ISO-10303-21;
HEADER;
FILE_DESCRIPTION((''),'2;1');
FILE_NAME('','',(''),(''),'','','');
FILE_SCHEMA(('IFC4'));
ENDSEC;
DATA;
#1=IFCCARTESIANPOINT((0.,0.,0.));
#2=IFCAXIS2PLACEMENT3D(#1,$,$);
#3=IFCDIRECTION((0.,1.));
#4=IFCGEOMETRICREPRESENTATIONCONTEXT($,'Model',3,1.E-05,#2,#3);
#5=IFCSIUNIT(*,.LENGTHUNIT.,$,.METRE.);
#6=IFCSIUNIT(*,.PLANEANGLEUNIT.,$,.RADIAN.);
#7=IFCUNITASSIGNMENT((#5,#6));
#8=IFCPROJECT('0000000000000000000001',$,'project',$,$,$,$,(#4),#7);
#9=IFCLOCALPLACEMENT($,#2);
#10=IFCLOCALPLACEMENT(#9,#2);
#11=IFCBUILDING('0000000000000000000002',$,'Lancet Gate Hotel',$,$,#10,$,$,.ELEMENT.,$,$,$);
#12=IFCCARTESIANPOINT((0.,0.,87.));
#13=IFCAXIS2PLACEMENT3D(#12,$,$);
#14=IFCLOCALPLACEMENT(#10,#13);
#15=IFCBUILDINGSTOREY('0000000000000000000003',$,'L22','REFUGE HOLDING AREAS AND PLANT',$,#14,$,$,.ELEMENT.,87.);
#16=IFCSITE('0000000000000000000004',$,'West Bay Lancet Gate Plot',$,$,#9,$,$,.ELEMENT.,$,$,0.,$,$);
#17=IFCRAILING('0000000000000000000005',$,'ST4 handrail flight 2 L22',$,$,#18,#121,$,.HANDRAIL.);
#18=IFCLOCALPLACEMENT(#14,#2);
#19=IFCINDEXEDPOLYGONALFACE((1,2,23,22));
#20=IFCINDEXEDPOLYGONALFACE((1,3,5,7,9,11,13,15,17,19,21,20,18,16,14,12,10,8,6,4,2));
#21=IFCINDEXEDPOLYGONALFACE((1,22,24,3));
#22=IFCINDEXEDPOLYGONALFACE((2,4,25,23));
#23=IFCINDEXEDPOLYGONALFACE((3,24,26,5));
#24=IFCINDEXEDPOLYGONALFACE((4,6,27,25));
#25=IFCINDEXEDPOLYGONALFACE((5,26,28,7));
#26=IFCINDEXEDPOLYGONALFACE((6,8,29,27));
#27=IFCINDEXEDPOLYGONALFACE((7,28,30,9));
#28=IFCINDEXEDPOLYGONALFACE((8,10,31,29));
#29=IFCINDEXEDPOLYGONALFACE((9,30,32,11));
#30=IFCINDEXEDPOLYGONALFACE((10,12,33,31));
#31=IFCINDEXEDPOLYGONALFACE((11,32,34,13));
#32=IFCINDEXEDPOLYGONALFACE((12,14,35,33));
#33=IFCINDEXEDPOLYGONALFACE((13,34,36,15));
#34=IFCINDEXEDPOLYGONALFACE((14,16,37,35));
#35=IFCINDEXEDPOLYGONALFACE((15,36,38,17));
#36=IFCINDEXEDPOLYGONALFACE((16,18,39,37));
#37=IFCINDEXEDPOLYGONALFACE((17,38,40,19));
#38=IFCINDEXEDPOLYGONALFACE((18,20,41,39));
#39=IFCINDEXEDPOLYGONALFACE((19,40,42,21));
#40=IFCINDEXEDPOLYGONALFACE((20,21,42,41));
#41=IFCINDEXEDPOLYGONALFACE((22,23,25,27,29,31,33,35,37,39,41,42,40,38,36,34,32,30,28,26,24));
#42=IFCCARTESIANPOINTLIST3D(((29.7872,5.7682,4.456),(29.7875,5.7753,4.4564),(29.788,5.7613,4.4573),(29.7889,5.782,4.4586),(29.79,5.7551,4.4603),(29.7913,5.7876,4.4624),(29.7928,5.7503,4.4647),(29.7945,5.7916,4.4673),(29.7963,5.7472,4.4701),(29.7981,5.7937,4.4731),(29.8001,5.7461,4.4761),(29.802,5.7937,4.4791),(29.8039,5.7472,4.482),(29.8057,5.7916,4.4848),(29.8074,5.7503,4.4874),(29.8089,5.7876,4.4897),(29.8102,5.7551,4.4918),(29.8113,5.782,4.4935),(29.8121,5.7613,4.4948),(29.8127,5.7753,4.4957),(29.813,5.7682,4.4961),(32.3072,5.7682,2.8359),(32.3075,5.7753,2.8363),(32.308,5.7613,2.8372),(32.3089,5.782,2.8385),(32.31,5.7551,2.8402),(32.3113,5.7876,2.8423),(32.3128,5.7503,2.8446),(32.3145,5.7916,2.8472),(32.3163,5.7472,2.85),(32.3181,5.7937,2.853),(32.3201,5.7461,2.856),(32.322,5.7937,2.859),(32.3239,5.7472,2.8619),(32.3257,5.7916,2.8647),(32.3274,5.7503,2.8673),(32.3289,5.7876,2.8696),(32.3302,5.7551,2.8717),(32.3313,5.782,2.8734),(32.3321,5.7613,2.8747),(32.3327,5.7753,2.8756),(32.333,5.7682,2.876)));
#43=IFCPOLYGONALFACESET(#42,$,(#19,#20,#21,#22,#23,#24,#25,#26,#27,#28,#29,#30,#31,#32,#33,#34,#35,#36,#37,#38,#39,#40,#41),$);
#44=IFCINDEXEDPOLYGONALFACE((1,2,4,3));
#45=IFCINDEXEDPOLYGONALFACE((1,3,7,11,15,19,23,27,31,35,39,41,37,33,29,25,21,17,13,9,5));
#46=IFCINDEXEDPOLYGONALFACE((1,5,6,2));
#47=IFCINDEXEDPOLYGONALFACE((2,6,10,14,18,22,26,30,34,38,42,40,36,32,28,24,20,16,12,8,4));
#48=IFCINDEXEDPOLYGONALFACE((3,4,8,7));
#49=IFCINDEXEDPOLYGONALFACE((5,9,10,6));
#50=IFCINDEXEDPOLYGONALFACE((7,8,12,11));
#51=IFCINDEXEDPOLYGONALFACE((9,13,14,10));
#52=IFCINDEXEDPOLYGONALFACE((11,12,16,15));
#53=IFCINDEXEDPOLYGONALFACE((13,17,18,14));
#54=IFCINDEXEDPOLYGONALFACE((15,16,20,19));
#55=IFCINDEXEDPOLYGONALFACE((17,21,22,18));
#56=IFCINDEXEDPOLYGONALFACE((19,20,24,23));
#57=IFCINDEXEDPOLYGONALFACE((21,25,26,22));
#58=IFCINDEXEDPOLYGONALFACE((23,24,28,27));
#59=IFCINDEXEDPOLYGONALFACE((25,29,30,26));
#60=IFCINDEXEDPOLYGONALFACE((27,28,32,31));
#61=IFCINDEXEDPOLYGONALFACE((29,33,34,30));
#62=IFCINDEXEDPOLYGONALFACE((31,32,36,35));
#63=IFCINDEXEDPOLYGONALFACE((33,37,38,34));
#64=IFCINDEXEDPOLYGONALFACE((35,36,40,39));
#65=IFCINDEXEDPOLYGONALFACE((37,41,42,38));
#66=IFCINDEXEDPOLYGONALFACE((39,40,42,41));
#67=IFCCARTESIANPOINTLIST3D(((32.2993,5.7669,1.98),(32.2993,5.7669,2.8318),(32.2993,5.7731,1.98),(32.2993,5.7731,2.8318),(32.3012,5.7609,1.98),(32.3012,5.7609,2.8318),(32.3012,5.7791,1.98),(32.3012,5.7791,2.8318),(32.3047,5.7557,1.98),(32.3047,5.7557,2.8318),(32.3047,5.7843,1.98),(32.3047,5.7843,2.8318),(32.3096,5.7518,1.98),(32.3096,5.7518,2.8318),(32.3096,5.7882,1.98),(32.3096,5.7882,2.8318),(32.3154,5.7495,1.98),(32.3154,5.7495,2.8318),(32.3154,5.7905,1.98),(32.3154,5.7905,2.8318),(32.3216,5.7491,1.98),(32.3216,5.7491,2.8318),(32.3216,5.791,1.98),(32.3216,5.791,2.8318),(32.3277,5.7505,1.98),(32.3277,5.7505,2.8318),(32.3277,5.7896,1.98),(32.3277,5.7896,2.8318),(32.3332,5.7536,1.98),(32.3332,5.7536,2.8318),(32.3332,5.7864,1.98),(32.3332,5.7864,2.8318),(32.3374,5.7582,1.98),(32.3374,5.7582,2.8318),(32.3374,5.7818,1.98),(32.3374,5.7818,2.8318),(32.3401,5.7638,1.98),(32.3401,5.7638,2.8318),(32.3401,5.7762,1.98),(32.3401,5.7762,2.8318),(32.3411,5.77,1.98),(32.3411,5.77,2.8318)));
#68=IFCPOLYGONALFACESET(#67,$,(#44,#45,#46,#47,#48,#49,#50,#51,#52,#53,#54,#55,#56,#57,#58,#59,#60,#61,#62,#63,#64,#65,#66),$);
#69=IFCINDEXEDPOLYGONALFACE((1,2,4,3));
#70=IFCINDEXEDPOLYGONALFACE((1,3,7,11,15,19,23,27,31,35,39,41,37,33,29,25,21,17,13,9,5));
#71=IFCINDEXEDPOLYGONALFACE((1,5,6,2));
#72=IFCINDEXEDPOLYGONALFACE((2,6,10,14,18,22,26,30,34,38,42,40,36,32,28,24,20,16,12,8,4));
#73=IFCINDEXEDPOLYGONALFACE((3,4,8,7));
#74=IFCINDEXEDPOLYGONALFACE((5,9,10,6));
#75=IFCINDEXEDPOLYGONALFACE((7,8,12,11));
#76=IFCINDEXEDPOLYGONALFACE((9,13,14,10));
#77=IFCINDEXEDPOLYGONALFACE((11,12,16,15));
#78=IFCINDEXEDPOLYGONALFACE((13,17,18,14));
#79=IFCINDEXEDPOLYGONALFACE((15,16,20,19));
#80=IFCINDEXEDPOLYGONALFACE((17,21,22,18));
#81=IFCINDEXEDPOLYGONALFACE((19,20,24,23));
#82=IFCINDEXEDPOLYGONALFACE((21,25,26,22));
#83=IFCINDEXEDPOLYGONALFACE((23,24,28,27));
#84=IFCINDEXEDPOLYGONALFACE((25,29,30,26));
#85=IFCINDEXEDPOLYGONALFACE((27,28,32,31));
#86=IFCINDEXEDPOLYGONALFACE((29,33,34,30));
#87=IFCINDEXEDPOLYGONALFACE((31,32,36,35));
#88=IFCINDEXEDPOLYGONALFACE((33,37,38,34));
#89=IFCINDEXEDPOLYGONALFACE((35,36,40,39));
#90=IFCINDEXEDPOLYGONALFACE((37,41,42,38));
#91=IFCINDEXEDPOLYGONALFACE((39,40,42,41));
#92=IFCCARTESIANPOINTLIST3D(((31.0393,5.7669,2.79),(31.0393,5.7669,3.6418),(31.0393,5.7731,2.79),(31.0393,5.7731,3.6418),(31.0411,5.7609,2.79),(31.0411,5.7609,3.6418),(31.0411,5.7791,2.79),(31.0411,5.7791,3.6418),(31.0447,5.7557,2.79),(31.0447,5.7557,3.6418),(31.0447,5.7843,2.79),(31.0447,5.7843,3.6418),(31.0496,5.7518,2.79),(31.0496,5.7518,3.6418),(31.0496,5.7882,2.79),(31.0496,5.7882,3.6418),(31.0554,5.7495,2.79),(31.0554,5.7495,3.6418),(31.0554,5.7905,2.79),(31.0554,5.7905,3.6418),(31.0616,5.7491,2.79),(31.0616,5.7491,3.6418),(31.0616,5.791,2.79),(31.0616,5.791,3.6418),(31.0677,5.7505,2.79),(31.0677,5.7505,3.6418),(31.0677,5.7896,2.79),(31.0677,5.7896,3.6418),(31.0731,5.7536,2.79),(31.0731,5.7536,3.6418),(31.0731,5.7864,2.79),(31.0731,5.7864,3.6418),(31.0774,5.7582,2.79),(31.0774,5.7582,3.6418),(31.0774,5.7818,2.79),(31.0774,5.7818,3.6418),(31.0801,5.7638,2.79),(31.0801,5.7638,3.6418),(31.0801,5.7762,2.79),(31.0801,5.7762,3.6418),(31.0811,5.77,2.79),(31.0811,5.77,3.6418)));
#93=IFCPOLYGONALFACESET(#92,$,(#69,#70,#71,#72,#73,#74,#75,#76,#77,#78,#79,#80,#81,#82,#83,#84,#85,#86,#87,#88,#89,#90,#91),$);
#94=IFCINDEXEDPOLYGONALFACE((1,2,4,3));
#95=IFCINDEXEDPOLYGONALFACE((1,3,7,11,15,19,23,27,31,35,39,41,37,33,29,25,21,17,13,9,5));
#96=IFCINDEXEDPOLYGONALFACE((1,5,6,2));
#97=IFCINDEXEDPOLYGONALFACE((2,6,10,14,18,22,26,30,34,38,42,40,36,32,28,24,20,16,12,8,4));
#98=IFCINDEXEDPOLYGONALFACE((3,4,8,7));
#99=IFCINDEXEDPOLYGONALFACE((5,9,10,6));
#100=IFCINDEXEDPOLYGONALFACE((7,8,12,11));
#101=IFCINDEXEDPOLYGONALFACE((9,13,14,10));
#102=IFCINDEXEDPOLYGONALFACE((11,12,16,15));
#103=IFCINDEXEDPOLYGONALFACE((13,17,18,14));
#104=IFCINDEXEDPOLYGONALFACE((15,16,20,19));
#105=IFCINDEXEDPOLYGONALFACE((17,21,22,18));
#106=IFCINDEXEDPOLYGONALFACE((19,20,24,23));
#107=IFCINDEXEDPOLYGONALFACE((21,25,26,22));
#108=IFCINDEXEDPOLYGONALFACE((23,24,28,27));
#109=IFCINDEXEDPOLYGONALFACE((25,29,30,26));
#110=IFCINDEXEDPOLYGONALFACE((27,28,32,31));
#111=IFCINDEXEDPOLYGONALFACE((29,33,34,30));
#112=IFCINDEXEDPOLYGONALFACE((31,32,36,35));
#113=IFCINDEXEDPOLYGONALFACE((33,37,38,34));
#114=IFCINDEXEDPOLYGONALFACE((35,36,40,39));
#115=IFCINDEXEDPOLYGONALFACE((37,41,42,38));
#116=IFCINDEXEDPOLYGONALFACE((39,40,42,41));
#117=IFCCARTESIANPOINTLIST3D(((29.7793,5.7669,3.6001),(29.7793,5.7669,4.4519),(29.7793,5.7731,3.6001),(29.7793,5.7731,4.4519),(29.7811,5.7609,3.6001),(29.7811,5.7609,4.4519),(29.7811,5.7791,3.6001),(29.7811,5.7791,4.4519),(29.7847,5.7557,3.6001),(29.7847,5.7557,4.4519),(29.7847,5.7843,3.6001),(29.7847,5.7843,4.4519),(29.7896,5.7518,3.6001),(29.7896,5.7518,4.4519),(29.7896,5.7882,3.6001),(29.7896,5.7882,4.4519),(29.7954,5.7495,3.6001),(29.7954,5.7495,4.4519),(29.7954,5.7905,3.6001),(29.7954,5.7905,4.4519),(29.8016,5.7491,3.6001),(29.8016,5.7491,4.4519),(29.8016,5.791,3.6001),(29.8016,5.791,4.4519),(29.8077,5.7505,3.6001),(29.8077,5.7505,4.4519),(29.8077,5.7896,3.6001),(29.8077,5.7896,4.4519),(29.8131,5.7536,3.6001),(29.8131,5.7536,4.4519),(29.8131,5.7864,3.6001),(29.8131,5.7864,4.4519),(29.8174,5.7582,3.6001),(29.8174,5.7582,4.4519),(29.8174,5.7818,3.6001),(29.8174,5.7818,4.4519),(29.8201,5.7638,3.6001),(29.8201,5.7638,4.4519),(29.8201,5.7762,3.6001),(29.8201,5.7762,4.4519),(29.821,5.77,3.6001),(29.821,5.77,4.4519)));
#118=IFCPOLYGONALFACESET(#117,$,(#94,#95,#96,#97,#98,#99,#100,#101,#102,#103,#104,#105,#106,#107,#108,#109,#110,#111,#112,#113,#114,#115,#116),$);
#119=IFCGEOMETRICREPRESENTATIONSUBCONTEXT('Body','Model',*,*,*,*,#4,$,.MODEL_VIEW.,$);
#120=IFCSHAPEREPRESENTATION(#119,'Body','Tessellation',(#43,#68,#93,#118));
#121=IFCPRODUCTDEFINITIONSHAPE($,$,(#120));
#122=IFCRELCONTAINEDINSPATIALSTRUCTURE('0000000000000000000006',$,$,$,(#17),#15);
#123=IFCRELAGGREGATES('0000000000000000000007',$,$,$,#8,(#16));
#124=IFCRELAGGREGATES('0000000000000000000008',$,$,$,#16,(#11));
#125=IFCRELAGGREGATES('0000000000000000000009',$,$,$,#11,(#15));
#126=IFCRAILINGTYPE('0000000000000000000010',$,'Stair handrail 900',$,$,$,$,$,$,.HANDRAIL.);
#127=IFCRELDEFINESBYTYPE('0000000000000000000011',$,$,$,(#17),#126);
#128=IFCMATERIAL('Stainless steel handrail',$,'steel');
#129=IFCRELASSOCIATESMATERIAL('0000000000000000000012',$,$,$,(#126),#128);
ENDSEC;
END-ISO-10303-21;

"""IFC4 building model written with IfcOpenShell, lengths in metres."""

from ifc_helpers import new_model, si_unit, direction, frame, origin, origin_2d, place, context, subcontext, project, spatial, circle, extrude, material, type_object, element, save


model = new_model("IFC4")

# Units and contexts
model_context = context("Model", 3, precision=1e-05, world=origin(), true_north=direction((0.0, 1.0)))
body_context = subcontext(model_context, "Body", "Model", "MODEL_VIEW")
ifc_project = project(units=[si_unit("LENGTHUNIT", "METRE"), si_unit("PLANEANGLEUNIT", "RADIAN")], contexts=[model_context])

# Site, building, storey
site_placement = place(None, origin())
site = spatial("IfcSite", under=ifc_project, at=site_placement, Name="West Bay Lancet Gate Plot", CompositionType="ELEMENT", RefElevation=0.0)
building_placement = place(site_placement, origin())
building = spatial("IfcBuilding", under=site, at=building_placement, Name="Lancet Gate Hotel", CompositionType="ELEMENT")
storey_placement = place(building_placement, frame((0.0, 0.0, 87.0)))
storey = spatial("IfcBuildingStorey", under=building, at=storey_placement, Name="L22", Description="REFUGE HOLDING AREAS AND PLANT", CompositionType="ELEMENT", Elevation=87.0)

# Railing
ifc_material_1 = material(Name="Stainless steel handrail", Category="steel")
railing_type = type_object("IfcRailingType", Name="Stair handrail 900", PredefinedType="HANDRAIL", material=ifc_material_1)
railing_1_placement = place(storey_placement, frame((32.3201, 5.77, 1.98)))
element("IfcRailing", 1, at=railing_1_placement, inside=storey, type_object=railing_type, Name="ST4 handrail flight 2 L22", PredefinedType="HANDRAIL", context=body_context, shape_type="SweptSolid", body=[
    extrude(circle(Radius=0.0239, at=origin_2d()), frame((0.0, 0.0, 0.876), z_axis=(-0.841163, 0.0, 0.540782), x_axis=(0.0, -1.0, 0.0)), (0.0, 0.0, 1.0), 2.9958),
    extrude(circle(Radius=0.021, at=origin_2d()), origin(), (0.0, 0.0, 1.0), 0.8518),
    extrude(circle(Radius=0.021, at=origin_2d()), frame((-1.26, 0.0, 0.8101)), (0.0, 0.0, 1.0), 0.8518),
    extrude(circle(Radius=0.021, at=origin_2d()), frame((-2.52, 0.0, 1.6201)), (0.0, 0.0, 1.0), 0.8518),
])

save(model, "model.ifc")
